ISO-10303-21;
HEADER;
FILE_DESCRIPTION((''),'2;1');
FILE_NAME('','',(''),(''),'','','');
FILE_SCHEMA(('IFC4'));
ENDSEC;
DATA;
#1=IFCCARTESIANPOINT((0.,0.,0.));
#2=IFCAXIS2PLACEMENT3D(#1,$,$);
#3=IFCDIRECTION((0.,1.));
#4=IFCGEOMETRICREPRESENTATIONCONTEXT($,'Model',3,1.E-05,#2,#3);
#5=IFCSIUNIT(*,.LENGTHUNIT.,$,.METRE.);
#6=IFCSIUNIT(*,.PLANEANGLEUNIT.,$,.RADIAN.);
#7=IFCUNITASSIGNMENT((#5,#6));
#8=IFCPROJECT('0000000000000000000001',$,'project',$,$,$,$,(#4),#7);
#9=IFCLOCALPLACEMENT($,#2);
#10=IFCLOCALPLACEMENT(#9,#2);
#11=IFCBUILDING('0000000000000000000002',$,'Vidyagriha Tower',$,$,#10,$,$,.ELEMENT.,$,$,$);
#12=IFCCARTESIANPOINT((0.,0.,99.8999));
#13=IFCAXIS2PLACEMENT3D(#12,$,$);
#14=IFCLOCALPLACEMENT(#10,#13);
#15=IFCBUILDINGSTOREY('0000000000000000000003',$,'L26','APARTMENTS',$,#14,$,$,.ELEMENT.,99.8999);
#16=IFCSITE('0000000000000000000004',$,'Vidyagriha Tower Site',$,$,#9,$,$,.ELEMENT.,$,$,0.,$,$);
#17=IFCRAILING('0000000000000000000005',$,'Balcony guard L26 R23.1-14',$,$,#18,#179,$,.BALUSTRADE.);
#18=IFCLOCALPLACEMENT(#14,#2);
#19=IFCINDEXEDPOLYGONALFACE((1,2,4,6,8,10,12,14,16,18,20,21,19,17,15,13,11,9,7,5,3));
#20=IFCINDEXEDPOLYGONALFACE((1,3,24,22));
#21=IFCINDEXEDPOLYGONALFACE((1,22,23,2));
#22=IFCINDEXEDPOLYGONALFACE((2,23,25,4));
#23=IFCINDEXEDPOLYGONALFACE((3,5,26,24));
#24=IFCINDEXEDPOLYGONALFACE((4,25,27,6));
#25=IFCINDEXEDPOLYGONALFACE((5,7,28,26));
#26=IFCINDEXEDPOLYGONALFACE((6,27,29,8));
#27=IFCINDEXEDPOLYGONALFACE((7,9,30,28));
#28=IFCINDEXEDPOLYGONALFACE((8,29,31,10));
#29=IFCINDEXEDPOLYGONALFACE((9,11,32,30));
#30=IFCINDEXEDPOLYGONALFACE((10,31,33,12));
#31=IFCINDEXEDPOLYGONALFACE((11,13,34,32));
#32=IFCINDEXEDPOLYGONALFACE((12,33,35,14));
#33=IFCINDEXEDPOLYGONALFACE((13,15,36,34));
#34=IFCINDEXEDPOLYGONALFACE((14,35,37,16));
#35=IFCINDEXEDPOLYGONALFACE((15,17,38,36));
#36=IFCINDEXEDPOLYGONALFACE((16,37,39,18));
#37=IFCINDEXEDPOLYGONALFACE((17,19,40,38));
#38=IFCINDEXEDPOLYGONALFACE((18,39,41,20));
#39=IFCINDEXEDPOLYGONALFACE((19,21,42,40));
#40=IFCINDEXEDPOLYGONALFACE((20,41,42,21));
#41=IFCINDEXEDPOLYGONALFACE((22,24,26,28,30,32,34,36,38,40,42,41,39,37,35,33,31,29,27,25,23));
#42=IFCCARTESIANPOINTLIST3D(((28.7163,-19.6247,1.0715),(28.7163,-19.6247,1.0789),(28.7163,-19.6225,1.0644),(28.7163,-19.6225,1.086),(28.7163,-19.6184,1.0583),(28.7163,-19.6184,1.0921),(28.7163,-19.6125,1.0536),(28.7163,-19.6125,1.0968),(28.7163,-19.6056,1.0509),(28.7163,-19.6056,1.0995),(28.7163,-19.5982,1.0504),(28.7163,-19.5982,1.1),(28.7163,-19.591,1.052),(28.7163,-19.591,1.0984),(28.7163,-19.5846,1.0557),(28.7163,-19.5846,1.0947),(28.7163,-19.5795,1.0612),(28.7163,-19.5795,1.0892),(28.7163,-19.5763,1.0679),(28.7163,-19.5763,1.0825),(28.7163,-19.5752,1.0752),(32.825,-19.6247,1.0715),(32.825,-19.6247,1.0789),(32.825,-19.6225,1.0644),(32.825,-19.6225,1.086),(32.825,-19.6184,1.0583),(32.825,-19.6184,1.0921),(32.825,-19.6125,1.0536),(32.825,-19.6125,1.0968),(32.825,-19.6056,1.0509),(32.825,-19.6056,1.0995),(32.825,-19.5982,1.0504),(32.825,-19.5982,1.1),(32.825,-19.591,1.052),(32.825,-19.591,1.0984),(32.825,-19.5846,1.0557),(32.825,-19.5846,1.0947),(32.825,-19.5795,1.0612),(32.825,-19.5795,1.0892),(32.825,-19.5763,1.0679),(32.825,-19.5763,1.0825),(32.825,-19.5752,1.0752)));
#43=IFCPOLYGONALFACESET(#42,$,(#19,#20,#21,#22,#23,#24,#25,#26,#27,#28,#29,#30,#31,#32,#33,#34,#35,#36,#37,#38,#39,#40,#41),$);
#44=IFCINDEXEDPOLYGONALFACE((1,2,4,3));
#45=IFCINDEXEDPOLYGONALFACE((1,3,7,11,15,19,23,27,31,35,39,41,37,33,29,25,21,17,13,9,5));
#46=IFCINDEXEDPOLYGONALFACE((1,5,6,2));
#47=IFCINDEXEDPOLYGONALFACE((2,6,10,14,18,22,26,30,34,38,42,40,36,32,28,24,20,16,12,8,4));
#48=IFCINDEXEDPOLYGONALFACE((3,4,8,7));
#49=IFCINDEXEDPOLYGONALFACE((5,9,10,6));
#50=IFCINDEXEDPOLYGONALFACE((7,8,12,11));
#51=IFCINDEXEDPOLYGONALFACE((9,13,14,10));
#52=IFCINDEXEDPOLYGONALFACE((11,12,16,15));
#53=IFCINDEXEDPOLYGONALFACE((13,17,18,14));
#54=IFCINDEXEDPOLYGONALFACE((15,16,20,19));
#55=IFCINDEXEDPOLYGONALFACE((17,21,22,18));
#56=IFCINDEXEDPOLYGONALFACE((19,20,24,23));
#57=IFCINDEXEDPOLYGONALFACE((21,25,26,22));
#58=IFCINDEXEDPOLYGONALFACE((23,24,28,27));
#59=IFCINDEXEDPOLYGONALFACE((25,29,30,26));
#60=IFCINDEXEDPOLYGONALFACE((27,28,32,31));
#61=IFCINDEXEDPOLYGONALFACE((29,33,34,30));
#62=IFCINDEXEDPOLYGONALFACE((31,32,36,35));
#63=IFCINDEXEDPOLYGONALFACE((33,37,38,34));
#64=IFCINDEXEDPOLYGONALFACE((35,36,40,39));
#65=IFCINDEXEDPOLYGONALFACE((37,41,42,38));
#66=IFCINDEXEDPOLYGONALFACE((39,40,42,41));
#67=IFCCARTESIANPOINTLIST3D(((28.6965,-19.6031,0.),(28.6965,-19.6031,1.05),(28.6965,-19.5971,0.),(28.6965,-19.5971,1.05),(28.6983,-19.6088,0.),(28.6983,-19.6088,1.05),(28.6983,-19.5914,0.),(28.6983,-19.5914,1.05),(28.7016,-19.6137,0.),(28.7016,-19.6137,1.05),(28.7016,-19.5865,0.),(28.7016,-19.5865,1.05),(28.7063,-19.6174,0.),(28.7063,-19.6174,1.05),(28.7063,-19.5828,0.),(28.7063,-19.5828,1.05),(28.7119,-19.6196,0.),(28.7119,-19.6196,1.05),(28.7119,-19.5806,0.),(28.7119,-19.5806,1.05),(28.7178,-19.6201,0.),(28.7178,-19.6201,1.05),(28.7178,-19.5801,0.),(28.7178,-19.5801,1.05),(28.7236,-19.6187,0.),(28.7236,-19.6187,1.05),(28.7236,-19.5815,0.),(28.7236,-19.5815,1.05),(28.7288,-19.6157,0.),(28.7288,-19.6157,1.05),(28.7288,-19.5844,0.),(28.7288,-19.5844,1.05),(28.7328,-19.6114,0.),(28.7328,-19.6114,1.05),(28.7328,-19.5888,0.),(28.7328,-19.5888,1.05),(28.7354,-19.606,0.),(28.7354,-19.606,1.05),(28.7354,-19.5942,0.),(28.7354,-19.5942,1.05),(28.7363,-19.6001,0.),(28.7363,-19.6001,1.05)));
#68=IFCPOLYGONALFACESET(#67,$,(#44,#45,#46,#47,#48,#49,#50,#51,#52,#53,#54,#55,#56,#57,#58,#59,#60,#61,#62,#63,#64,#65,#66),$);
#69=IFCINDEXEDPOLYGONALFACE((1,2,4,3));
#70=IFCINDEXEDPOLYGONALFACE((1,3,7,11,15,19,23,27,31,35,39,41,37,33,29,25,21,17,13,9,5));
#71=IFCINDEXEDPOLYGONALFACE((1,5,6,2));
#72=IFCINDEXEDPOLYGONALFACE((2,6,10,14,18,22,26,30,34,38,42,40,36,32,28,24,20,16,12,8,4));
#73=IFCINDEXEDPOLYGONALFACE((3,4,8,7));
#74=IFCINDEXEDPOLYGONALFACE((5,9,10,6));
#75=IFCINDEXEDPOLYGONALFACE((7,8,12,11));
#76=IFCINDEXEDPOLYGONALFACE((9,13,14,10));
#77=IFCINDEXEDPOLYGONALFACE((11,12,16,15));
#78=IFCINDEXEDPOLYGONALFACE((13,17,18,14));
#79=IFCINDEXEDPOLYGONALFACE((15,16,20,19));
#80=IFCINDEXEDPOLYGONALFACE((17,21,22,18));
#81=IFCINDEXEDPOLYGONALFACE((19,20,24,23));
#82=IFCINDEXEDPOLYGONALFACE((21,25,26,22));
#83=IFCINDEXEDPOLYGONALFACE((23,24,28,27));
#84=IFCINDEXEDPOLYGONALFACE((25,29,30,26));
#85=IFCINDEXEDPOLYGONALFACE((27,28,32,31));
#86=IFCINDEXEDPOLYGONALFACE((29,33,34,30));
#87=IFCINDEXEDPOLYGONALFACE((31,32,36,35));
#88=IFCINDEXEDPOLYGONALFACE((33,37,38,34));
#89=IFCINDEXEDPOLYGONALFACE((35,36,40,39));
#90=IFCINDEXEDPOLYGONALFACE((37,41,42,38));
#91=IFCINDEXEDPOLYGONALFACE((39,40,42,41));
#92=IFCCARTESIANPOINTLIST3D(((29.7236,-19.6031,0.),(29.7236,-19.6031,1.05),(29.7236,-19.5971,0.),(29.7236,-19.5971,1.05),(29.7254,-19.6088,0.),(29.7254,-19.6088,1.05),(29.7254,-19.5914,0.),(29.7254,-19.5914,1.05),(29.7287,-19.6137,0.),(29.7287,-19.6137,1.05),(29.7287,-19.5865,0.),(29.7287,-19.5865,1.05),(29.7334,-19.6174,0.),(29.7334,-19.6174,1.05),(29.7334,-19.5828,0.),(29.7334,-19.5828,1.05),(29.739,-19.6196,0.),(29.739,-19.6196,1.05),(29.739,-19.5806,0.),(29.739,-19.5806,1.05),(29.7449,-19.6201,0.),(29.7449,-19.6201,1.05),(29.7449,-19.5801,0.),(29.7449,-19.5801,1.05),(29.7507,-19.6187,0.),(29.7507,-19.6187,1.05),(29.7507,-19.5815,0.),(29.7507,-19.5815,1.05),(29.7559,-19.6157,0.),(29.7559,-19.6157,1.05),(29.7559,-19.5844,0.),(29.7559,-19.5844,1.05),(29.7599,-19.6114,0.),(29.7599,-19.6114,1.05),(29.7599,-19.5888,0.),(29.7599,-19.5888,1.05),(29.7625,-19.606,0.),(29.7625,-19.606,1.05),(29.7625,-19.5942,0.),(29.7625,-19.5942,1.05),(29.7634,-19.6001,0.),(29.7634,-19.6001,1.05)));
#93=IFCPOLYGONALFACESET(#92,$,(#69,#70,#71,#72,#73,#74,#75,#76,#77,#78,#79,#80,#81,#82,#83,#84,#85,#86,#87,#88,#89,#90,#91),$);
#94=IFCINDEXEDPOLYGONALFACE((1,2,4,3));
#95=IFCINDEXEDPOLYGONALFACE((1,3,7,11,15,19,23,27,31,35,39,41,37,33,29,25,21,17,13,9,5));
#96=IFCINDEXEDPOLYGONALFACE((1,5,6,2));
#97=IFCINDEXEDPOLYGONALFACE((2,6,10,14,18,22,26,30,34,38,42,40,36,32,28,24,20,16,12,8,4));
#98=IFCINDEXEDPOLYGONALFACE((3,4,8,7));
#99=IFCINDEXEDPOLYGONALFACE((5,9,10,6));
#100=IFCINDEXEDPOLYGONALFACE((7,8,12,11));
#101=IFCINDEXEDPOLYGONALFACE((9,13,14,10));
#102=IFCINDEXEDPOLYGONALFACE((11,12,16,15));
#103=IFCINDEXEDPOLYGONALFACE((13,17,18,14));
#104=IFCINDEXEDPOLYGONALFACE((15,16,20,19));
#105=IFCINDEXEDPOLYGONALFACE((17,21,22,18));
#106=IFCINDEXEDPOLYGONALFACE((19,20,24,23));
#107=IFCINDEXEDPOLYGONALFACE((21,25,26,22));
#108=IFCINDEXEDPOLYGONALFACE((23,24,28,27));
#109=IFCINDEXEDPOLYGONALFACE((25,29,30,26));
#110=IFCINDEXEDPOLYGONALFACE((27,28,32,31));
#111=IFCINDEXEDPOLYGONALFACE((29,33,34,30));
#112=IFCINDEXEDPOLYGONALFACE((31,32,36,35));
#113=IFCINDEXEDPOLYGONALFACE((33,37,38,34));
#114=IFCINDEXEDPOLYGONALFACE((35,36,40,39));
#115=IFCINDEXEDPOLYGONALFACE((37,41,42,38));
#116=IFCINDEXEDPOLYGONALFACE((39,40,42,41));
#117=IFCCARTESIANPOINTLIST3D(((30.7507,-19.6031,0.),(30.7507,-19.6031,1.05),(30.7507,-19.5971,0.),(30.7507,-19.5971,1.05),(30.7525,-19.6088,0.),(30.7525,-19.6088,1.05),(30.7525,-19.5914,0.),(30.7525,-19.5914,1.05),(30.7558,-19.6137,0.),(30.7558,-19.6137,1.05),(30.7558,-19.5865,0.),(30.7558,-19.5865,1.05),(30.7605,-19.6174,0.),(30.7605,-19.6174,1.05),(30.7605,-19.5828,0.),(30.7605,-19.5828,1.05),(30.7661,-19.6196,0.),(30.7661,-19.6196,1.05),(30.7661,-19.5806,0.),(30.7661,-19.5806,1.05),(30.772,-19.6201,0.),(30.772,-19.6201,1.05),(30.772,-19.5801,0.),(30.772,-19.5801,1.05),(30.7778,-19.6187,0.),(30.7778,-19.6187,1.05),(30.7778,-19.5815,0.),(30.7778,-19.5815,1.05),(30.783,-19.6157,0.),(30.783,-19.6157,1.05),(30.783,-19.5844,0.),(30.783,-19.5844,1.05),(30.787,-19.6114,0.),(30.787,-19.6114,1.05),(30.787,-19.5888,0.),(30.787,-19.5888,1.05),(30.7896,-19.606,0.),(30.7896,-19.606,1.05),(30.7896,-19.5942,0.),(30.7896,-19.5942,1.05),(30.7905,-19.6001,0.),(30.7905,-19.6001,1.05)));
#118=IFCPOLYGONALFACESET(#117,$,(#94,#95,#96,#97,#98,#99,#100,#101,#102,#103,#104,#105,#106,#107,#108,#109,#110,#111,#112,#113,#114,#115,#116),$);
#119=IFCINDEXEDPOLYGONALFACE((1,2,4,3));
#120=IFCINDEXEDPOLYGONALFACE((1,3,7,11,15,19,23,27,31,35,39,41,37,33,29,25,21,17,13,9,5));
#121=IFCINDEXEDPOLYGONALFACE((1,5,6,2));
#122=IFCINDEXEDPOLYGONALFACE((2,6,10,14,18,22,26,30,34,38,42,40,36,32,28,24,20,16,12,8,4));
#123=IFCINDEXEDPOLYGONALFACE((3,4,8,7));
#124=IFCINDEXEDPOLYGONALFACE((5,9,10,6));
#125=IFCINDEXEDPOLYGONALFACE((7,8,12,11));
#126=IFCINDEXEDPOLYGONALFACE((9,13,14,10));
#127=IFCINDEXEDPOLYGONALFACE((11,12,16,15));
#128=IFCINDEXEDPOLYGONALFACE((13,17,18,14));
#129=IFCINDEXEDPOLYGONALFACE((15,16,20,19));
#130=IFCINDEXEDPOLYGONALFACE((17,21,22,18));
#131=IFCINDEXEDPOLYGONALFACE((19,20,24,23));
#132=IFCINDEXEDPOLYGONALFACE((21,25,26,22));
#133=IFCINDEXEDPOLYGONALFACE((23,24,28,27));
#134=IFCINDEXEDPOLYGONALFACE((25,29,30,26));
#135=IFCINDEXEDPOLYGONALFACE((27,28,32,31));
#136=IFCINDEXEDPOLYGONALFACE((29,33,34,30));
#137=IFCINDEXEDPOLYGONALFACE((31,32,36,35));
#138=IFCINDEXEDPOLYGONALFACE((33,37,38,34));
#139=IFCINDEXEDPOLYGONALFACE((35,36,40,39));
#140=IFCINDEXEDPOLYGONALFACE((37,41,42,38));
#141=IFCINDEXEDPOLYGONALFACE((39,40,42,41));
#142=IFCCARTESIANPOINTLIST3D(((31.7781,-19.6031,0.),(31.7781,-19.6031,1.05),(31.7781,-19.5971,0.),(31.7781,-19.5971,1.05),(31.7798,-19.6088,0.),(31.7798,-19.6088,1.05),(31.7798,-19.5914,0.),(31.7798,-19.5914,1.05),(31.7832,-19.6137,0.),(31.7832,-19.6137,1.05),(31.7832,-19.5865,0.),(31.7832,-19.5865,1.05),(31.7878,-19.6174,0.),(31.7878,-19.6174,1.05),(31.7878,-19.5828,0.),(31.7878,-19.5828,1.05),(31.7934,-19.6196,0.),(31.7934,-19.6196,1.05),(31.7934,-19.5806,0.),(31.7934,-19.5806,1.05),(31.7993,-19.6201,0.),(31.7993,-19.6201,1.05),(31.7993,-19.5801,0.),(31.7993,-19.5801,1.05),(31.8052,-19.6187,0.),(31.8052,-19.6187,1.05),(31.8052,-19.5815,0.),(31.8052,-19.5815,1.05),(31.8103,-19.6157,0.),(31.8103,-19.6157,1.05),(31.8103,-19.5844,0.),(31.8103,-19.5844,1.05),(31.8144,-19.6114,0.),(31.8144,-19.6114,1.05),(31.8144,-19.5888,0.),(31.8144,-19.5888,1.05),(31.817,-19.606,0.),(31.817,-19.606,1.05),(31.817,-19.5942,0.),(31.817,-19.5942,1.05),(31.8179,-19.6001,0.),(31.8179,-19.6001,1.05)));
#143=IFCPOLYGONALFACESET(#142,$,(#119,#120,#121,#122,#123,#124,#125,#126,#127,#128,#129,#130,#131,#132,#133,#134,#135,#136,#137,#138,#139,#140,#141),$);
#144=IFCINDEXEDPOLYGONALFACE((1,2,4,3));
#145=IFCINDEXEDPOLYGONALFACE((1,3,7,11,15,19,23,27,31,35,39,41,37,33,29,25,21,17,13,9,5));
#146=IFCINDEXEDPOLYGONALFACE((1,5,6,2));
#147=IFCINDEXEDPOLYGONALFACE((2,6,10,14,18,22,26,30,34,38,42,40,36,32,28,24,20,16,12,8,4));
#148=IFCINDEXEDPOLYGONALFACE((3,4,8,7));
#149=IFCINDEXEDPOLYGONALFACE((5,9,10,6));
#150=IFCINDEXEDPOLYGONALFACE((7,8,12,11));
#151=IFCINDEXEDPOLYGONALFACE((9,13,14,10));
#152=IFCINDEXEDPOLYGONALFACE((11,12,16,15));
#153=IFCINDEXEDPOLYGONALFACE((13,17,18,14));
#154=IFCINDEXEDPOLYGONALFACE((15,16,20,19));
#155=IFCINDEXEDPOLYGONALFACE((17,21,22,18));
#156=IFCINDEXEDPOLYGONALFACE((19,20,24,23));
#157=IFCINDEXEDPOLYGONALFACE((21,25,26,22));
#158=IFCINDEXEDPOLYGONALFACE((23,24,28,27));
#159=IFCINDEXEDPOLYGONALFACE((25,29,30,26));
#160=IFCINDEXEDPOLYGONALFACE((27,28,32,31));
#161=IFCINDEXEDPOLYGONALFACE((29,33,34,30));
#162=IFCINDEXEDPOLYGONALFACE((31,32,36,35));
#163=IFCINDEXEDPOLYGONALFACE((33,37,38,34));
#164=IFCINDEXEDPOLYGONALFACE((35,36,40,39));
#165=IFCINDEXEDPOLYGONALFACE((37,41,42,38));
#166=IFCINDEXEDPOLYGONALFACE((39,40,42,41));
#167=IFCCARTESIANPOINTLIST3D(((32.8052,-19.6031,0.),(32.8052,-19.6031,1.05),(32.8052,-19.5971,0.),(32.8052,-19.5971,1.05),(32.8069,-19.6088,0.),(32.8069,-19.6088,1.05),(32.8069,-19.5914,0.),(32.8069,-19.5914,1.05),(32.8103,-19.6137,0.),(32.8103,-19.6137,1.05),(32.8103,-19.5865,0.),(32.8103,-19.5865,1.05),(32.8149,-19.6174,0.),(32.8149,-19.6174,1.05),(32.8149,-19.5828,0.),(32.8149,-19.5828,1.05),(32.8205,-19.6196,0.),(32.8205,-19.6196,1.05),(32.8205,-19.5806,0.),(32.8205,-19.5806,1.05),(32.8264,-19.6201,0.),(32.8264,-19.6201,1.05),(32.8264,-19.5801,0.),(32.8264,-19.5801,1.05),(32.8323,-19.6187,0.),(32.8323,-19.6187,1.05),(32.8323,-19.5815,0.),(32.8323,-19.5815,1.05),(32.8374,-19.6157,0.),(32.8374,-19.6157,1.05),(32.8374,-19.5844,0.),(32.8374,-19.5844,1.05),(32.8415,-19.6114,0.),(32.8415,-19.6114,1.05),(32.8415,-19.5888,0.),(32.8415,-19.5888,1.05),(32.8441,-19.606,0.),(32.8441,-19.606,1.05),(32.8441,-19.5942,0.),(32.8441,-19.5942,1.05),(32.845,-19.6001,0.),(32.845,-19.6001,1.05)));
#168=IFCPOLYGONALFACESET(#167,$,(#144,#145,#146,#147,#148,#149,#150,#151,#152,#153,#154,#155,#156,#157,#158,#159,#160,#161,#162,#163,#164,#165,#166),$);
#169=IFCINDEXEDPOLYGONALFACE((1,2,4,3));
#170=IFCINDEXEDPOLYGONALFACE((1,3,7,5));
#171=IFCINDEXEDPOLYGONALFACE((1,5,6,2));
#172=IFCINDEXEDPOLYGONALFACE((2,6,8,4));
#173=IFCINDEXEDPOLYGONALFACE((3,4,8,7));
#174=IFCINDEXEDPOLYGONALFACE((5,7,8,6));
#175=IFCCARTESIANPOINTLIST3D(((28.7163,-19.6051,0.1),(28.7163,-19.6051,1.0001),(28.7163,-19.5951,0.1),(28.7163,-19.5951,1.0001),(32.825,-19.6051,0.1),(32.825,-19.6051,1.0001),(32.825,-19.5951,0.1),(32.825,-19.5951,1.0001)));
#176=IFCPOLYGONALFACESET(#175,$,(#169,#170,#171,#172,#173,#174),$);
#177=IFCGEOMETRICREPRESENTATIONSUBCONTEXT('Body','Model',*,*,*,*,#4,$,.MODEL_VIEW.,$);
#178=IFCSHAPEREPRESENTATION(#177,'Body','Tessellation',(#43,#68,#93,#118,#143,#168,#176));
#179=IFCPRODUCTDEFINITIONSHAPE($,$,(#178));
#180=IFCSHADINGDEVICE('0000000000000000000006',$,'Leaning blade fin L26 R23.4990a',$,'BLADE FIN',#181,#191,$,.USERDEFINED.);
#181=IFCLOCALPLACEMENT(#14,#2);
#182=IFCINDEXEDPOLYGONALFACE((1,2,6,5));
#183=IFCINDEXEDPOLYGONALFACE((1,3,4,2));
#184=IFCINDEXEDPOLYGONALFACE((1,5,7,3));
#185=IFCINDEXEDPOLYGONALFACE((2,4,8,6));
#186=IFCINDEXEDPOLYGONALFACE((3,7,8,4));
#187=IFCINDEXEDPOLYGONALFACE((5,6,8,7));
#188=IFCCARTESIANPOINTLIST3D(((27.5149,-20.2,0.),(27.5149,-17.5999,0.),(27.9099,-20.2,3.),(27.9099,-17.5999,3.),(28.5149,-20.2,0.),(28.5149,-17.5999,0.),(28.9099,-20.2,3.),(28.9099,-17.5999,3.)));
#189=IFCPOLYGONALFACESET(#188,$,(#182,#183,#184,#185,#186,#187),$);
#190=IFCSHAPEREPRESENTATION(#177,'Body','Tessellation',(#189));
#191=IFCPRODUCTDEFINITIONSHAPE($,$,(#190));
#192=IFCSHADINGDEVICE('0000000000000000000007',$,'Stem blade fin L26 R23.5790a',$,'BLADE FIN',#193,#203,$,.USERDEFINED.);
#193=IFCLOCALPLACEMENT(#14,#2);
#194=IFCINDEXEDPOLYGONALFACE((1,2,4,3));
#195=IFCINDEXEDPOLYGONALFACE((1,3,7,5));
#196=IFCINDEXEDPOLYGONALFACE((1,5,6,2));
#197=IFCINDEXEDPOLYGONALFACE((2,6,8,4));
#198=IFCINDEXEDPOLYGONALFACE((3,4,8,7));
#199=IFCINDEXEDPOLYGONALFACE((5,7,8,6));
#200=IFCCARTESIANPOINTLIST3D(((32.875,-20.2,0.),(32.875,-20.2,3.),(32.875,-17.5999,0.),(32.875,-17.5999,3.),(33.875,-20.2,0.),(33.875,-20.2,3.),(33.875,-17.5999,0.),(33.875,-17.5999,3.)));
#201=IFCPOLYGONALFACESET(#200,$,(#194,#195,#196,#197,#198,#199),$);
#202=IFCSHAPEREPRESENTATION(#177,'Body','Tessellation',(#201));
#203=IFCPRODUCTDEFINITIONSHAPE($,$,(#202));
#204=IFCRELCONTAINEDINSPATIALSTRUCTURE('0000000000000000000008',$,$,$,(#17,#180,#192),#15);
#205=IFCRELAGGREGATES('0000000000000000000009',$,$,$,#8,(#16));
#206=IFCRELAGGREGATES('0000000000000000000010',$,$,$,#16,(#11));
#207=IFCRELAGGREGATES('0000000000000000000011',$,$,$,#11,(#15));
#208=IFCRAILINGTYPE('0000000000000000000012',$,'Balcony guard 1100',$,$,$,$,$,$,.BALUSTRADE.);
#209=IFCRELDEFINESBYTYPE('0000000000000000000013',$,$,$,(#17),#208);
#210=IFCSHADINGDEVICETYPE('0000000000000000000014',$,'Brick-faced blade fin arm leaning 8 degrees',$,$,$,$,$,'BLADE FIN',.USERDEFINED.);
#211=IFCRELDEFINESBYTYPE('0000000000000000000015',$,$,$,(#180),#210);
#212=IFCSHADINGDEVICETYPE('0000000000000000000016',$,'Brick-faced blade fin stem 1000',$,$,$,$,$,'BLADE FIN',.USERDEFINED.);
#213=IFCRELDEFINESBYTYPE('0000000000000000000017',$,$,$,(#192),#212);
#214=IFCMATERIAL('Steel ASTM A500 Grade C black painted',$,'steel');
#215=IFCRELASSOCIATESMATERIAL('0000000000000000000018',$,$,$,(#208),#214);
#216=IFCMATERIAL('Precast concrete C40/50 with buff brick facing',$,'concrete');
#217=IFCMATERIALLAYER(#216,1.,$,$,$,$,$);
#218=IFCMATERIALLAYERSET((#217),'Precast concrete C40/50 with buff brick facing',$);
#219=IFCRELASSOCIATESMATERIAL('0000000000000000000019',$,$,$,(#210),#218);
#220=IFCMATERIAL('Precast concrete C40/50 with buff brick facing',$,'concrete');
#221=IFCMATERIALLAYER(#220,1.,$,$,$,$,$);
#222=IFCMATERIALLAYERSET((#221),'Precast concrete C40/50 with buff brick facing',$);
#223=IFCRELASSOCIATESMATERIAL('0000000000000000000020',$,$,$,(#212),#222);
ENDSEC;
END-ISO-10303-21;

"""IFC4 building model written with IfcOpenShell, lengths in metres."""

from ifc_helpers import new_model, si_unit, direction, frame, origin, origin_2d, place, context, subcontext, project, spatial, polyline, rectangle, circle, outline, extrude, material, layer, layer_set, type_object, element, save


model = new_model("IFC4")

# Units and contexts
model_context = context("Model", 3, precision=1e-05, world=origin(), true_north=direction((0.0, 1.0)))
body_context = subcontext(model_context, "Body", "Model", "MODEL_VIEW")
ifc_project = project(units=[si_unit("LENGTHUNIT", "METRE"), si_unit("PLANEANGLEUNIT", "RADIAN")], contexts=[model_context])

# Site, building, storey
site_placement = place(None, origin())
site = spatial("IfcSite", under=ifc_project, at=site_placement, Name="Vidyagriha Tower Site", CompositionType="ELEMENT", RefElevation=0.0)
building_placement = place(site_placement, origin())
building = spatial("IfcBuilding", under=site, at=building_placement, Name="Vidyagriha Tower", CompositionType="ELEMENT")
storey_placement = place(building_placement, frame((0.0, 0.0, 99.8999)))
storey = spatial("IfcBuildingStorey", under=building, at=storey_placement, Name="L26", Description="APARTMENTS", CompositionType="ELEMENT", Elevation=99.8999)

# Railing
ifc_material_1 = material(Name="Steel ASTM A500 Grade C black painted", Category="steel")
railing_type_1 = type_object("IfcRailingType", Name="Balcony guard 1100", PredefinedType="BALUSTRADE", material=ifc_material_1)
railing_1_placement = place(storey_placement, frame((28.7163, -19.6001, 0.0)))
element("IfcRailing", 1, at=railing_1_placement, inside=storey, type_object=railing_type_1, Name="Balcony guard L26 R23.1-14", PredefinedType="BALUSTRADE", context=body_context, shape_type="SweptSolid", body=[
    extrude(circle(Radius=0.0249, at=origin_2d()), frame((0.0, 0.0, 1.0752), z_axis=(1.0, 0.0, 0.0), x_axis=(0.0, 1.0, 0.0)), (0.0, 0.0, 1.0), 4.1086),
    extrude(circle(Radius=0.02, at=origin_2d()), origin(), (0.0, 0.0, 1.0), 1.05),
    extrude(circle(Radius=0.02, at=origin_2d()), frame((1.0271, 0.0, 0.0)), (0.0, 0.0, 1.0), 1.05),
    extrude(circle(Radius=0.02, at=origin_2d()), frame((2.0542, 0.0, 0.0)), (0.0, 0.0, 1.0), 1.05),
    extrude(circle(Radius=0.02, at=origin_2d()), frame((3.0815, 0.0, 0.0)), (0.0, 0.0, 1.0), 1.05),
    extrude(circle(Radius=0.02, at=origin_2d()), frame((4.1086, 0.0, 0.0)), (0.0, 0.0, 1.0), 1.05),
    extrude(rectangle(XDim=0.01, YDim=0.9001, at=origin_2d()), frame((0.0, 0.0, 0.55), z_axis=(1.0, 0.0, 0.0), x_axis=(0.0, 1.0, 0.0)), (0.0, 0.0, 1.0), 4.1086),
])

# Shading devices
ifc_material_2 = material(Name="Precast concrete C40/50 with buff brick facing", Category="concrete")
ifc_layer_1 = layer(ifc_material_2, 1.0)
ifc_layer_set_1 = layer_set([ifc_layer_1], Name="Precast concrete C40/50 with buff brick facing")
shading_device_type_1 = type_object("IfcShadingDeviceType", Name="Brick-faced blade fin arm leaning 8 degrees", ElementType="BLADE FIN", PredefinedType="USERDEFINED", material=ifc_layer_set_1)
shading_device_1_placement = place(storey_placement, frame((27.5149, -18.8999, 0.0)))
element("IfcShadingDevice", 2, at=shading_device_1_placement, inside=storey, type_object=shading_device_type_1, Name="Leaning blade fin L26 R23.4990a", ObjectType="BLADE FIN", PredefinedType="USERDEFINED", context=body_context, shape_type="SweptSolid", body=[
    extrude(outline(polyline([(0.0, 0.0), (1.0, 0.0), (1.395, 3.0), (0.395, 3.0), (0.0, 0.0)])), frame((0.0, 1.3, 0.0), z_axis=(0.0, -1.0, 0.0), x_axis=(1.0, 0.0, 0.0)), (0.0, 0.0, 1.0), 2.6001),
])
ifc_material_3 = material(Name="Precast concrete C40/50 with buff brick facing", Category="concrete")
ifc_layer_2 = layer(ifc_material_3, 1.0)
ifc_layer_set_2 = layer_set([ifc_layer_2], Name="Precast concrete C40/50 with buff brick facing")
shading_device_type_2 = type_object("IfcShadingDeviceType", Name="Brick-faced blade fin stem 1000", ElementType="BLADE FIN", PredefinedType="USERDEFINED", material=ifc_layer_set_2)
shading_device_2_placement = place(storey_placement, frame((32.875, -18.8999, 0.0)))
element("IfcShadingDevice", 3, at=shading_device_2_placement, inside=storey, type_object=shading_device_type_2, Name="Stem blade fin L26 R23.5790a", ObjectType="BLADE FIN", PredefinedType="USERDEFINED", context=body_context, shape_type="SweptSolid", body=[
    extrude(outline(polyline([(0.0, 0.0), (1.0, 0.0), (1.0, 3.0), (0.0, 3.0), (0.0, 0.0)])), frame((0.0, 1.3, 0.0), z_axis=(0.0, -1.0, 0.0), x_axis=(1.0, 0.0, 0.0)), (0.0, 0.0, 1.0), 2.6001),
])

save(model, "model.ifc")
